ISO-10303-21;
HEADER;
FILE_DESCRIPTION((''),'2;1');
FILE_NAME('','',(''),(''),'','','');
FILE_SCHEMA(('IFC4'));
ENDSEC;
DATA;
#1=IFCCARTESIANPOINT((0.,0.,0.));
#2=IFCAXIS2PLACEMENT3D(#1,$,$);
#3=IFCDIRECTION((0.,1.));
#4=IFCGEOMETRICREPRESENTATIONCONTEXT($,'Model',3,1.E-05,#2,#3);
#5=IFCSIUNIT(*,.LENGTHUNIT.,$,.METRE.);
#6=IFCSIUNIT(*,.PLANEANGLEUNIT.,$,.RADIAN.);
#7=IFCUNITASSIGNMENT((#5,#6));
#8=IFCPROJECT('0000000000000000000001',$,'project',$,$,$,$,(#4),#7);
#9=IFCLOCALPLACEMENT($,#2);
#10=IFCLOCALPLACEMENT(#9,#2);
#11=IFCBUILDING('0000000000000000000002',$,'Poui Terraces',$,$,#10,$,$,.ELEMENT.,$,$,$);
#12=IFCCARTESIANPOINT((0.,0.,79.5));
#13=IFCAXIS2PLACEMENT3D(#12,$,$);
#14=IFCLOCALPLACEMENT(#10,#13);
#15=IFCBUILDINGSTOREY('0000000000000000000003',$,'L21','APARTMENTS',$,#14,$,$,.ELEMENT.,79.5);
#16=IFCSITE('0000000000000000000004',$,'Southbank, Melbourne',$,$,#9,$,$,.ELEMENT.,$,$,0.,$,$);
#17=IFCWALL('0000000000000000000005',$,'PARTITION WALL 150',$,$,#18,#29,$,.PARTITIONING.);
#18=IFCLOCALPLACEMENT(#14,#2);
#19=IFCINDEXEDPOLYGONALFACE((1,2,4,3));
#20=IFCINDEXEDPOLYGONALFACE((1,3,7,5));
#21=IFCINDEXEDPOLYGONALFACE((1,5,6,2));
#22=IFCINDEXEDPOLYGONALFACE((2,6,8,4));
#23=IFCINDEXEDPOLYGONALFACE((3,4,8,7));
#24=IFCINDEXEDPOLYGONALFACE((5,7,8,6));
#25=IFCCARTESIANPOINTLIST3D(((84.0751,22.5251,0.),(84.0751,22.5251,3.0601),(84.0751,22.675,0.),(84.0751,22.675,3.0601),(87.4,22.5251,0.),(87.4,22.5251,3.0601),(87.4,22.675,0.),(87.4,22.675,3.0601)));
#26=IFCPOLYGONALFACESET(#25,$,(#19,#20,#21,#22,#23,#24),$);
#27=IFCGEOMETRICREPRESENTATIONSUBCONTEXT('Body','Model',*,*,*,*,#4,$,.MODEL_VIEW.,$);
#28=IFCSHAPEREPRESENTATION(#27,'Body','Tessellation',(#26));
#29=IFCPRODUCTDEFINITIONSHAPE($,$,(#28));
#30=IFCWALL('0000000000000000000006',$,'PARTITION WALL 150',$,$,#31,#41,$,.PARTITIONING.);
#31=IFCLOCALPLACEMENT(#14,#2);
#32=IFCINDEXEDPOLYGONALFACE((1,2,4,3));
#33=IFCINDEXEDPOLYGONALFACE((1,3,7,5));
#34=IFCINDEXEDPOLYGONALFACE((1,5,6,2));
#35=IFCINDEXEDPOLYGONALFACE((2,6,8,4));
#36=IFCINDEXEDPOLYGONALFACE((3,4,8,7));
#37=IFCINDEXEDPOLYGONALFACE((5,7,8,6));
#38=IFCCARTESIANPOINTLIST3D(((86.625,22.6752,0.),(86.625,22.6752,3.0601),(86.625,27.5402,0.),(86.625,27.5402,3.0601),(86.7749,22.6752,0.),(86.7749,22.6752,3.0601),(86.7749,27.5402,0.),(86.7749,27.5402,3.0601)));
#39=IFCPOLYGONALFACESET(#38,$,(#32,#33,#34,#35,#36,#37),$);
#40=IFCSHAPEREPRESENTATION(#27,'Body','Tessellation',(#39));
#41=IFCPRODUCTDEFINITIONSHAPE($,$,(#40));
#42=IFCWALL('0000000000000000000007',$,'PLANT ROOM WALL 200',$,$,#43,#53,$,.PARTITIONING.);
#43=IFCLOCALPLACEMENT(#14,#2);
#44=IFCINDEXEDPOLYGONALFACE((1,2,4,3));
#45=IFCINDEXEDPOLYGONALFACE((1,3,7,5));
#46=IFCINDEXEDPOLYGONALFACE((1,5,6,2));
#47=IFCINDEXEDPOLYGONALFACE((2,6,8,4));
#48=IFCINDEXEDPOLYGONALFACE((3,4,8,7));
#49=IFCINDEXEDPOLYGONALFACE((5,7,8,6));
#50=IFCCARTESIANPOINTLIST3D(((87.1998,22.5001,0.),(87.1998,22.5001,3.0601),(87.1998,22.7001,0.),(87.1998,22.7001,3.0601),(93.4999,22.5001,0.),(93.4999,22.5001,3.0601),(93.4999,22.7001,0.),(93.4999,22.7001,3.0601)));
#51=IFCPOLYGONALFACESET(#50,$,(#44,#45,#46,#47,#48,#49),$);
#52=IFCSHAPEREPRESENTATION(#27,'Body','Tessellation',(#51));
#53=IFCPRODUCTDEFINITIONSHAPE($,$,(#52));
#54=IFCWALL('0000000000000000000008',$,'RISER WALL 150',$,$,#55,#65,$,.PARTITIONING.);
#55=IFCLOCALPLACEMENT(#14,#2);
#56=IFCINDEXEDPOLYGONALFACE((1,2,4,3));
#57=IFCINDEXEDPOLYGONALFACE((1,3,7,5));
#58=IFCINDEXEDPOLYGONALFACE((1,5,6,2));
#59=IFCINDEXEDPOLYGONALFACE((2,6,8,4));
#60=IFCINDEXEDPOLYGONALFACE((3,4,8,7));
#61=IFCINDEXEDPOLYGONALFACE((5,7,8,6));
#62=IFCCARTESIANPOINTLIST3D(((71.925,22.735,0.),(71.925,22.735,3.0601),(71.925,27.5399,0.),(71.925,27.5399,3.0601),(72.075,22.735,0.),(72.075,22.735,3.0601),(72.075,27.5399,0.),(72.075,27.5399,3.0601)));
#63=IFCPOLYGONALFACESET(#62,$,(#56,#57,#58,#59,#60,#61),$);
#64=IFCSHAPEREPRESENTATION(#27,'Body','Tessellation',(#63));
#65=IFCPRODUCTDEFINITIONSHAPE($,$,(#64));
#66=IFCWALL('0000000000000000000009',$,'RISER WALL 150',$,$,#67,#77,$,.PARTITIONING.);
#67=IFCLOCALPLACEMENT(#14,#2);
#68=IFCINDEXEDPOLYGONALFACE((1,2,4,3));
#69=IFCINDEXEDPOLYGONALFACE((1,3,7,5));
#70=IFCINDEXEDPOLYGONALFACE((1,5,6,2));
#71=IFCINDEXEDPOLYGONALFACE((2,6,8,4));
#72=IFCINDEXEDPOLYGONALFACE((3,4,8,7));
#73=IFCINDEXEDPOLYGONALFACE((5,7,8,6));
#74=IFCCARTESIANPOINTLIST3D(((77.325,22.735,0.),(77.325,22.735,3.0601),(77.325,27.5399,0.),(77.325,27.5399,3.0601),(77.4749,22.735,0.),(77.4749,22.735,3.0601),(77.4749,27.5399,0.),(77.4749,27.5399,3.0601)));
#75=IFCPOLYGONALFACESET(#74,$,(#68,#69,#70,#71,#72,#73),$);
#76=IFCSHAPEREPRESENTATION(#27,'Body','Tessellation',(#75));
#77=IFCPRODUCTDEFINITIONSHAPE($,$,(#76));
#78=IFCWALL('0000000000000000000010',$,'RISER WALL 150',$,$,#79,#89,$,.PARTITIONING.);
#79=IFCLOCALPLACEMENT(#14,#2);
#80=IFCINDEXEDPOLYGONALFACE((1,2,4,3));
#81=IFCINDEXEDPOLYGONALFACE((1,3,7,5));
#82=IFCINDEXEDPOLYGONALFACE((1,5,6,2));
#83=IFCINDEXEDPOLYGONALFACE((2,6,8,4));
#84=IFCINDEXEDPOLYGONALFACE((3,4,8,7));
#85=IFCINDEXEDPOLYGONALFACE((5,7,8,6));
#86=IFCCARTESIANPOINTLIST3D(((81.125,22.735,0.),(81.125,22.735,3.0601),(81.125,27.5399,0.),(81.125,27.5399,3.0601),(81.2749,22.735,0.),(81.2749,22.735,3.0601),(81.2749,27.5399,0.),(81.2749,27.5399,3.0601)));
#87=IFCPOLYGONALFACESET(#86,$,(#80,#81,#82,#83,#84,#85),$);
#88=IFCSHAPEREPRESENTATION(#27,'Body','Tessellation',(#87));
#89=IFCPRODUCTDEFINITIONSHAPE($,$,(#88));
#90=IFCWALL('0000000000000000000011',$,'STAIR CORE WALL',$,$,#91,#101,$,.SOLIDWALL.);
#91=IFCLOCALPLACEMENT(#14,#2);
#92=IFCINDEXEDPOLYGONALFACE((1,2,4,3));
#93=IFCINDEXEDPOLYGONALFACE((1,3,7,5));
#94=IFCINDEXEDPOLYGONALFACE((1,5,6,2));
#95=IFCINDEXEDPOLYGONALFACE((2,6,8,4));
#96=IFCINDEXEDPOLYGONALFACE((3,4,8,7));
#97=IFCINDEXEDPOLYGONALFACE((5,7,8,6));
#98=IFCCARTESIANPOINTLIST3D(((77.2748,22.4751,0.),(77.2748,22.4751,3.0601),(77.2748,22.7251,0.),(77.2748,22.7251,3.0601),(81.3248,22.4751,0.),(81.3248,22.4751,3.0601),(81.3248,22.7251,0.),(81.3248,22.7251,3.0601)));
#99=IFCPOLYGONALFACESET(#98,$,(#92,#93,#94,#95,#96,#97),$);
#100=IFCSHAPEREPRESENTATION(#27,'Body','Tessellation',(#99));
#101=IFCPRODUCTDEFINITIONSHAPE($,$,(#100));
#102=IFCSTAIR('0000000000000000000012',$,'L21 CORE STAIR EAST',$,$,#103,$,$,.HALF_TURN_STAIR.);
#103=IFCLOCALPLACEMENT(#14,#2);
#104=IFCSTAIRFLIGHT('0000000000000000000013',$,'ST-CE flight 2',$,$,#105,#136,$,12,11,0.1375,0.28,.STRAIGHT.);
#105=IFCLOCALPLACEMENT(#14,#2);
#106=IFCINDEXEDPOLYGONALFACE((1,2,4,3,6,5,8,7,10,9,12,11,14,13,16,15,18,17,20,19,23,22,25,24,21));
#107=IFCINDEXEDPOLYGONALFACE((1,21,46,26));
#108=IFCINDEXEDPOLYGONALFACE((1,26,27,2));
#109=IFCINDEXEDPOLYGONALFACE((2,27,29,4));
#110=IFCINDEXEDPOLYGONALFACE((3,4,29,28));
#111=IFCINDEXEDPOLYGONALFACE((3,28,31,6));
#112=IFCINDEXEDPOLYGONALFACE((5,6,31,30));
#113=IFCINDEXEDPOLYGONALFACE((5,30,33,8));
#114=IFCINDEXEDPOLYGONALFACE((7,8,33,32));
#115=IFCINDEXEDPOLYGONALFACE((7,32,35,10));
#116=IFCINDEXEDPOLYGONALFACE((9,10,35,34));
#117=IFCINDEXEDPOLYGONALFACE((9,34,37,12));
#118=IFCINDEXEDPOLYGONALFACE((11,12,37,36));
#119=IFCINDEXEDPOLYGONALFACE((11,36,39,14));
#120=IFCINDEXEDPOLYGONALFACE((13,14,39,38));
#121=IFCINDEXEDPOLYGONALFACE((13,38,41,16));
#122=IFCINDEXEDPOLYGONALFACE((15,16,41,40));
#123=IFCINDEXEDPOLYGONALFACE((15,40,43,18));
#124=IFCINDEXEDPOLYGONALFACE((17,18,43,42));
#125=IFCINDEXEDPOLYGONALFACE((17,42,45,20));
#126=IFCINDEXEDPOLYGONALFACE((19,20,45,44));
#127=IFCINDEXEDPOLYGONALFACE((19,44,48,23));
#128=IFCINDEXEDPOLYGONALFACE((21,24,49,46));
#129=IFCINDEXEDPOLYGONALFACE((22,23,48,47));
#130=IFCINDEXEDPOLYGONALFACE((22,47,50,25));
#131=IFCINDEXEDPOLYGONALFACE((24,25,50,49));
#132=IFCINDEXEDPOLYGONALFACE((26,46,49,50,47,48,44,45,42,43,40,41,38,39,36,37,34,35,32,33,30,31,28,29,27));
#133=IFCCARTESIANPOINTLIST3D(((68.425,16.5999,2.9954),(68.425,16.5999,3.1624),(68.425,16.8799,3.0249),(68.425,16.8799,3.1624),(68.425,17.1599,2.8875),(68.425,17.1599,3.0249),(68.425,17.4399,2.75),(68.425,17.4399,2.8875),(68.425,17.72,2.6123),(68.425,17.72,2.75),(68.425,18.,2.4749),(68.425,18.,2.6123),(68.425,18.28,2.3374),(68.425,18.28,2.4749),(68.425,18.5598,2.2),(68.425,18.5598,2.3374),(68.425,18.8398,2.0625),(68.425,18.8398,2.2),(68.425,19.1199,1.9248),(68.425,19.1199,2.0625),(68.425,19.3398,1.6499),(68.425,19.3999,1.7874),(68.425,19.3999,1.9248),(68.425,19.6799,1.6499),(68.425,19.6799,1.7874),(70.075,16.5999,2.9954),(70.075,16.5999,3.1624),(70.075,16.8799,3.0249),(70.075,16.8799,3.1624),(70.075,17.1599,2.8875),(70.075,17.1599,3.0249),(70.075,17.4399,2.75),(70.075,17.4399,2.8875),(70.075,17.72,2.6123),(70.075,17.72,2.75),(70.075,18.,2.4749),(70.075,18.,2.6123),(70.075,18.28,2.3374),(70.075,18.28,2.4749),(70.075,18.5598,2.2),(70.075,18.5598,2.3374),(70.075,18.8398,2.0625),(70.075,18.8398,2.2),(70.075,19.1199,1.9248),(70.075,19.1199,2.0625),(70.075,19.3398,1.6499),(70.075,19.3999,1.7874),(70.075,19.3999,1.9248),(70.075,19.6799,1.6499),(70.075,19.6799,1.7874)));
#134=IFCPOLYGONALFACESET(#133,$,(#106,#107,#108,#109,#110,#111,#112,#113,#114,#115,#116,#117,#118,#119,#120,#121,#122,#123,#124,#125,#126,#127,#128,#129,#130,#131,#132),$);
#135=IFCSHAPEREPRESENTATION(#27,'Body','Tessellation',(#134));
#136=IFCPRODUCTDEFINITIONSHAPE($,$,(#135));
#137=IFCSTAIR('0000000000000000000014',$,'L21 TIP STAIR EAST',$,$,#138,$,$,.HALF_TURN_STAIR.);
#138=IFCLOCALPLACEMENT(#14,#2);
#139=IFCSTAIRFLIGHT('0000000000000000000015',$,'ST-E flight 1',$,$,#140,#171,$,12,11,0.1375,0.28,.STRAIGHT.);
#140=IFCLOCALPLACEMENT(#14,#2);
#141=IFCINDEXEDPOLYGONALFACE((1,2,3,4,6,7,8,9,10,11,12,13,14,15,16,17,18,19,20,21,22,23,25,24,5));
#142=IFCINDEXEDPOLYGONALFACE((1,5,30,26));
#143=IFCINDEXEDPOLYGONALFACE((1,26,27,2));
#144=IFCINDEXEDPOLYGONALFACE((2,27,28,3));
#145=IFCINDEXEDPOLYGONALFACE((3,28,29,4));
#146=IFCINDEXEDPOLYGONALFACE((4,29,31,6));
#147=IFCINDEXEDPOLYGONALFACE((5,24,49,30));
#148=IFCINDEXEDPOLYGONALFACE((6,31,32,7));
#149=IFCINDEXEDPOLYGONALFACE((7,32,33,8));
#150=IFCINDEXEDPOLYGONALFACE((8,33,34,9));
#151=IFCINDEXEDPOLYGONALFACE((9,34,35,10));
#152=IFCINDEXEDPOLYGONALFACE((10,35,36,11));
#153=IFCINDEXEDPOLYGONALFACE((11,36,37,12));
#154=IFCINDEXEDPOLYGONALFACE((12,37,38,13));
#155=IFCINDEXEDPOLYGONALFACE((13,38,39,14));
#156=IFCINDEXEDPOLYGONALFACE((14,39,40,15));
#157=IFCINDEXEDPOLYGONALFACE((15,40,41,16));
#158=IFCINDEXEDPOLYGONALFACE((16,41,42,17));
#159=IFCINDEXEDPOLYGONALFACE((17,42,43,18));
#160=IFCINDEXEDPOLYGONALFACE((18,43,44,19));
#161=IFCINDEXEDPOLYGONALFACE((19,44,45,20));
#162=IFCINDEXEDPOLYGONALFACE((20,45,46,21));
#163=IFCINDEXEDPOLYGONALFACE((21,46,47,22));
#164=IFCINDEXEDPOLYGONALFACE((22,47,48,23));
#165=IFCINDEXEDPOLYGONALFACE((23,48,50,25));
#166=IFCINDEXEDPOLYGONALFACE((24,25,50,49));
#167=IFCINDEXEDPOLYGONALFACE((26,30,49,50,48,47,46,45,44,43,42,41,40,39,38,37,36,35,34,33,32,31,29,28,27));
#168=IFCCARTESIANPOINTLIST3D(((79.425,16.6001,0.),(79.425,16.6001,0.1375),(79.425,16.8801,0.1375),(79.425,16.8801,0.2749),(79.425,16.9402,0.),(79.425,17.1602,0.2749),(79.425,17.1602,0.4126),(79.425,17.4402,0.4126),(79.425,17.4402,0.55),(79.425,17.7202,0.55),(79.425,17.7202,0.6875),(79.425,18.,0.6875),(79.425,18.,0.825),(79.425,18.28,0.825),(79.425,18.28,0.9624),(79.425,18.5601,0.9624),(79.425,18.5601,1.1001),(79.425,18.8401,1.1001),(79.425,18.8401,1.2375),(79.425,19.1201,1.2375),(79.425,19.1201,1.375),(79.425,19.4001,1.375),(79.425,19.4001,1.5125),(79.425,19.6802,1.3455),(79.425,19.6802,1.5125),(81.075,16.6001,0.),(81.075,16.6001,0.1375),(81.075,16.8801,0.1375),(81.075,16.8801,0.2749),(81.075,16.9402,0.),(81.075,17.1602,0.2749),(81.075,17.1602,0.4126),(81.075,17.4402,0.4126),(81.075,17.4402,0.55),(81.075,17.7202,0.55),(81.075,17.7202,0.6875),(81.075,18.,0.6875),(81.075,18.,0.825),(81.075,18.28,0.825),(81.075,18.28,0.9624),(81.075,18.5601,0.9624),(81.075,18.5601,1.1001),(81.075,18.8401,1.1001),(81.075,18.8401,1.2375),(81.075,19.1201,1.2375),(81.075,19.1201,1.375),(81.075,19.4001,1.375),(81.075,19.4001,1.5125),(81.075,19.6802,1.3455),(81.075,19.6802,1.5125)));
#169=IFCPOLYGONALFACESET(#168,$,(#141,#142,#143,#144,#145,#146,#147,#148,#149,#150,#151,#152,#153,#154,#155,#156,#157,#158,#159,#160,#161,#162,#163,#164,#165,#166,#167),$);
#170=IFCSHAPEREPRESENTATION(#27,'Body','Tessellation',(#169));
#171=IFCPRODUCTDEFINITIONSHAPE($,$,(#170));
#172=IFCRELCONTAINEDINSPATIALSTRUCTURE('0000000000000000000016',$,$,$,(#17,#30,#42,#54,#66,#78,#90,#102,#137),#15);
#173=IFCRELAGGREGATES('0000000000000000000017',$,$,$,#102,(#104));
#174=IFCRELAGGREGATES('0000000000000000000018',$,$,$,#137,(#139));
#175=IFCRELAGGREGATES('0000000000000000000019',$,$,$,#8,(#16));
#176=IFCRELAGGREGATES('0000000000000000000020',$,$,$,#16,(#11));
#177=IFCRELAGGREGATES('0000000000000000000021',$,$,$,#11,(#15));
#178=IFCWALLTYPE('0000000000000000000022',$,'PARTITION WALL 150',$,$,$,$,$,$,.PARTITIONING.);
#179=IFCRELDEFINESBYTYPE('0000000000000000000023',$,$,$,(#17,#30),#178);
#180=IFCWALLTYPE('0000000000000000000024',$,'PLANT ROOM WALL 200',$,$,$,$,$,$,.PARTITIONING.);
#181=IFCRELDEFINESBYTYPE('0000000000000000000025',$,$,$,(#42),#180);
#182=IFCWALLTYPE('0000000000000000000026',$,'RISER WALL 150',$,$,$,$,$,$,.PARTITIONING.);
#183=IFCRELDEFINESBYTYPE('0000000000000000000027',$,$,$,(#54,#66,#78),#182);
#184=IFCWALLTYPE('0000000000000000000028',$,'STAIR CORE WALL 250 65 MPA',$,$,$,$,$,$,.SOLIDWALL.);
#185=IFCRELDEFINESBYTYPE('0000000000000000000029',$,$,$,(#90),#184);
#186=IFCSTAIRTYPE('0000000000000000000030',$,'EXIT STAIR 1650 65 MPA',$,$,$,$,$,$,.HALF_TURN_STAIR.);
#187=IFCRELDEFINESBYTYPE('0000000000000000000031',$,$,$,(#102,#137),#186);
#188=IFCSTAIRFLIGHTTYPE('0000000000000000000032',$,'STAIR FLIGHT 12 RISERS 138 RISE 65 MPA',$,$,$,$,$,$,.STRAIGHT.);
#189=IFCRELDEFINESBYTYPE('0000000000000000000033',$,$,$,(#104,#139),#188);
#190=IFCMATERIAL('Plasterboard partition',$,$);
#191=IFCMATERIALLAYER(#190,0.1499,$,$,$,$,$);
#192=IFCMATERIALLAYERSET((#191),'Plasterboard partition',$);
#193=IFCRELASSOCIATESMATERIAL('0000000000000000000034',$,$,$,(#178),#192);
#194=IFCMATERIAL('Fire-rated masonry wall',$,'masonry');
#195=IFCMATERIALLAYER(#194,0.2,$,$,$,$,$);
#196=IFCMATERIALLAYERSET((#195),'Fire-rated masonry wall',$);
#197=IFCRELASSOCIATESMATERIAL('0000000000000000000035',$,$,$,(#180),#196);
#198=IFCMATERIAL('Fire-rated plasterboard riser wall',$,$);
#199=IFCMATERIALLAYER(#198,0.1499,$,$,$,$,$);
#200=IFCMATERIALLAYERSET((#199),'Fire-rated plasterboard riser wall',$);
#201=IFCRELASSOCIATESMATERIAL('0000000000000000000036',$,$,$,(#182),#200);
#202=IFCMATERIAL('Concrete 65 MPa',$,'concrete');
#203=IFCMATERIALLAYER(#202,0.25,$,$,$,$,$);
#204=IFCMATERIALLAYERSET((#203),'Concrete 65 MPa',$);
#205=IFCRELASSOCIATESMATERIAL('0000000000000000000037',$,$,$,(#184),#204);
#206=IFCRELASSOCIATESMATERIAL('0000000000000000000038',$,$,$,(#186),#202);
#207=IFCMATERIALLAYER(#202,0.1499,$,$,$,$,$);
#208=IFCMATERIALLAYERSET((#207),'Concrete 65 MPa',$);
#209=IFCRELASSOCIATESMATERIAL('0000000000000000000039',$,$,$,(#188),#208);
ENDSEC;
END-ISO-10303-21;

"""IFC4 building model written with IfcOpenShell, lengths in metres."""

from ifc_helpers import new_model, si_unit, direction, frame, frame_2d, origin, place, context, subcontext, project, spatial, polyline, rectangle, outline, extrude, material, layer, layer_set, type_object, element, aggregate, save


model = new_model("IFC4")

# Units and contexts
model_context = context("Model", 3, precision=1e-05, world=origin(), true_north=direction((0.0, 1.0)))
body_context = subcontext(model_context, "Body", "Model", "MODEL_VIEW")
ifc_project = project(units=[si_unit("LENGTHUNIT", "METRE"), si_unit("PLANEANGLEUNIT", "RADIAN")], contexts=[model_context])

# Site, building, storey
site_placement = place(None, origin())
site = spatial("IfcSite", under=ifc_project, at=site_placement, Name="Southbank, Melbourne", CompositionType="ELEMENT", RefElevation=0.0)
building_placement = place(site_placement, origin())
building = spatial("IfcBuilding", under=site, at=building_placement, Name="Poui Terraces", CompositionType="ELEMENT")
storey_placement = place(building_placement, frame((0.0, 0.0, 79.5)))
storey = spatial("IfcBuildingStorey", under=building, at=storey_placement, Name="L21", Description="APARTMENTS", CompositionType="ELEMENT", Elevation=79.5)

# Shared definitions
ifc_material_1 = material(Name="Concrete 65 MPa", Category="concrete")

# Walls
ifc_material_2 = material(Name="Plasterboard partition")
ifc_layer_1 = layer(ifc_material_2, 0.1499)
ifc_layer_set_1 = layer_set([ifc_layer_1], Name="Plasterboard partition")
wall_type_1 = type_object("IfcWallType", Name="PARTITION WALL 150", PredefinedType="PARTITIONING", material=ifc_layer_set_1)
wall_1_placement = place(storey_placement, frame((84.075, 22.6001, 0.0), z_axis=(0.0, 0.0, 1.0), x_axis=(1.0, 0.0, 0.0)))
element("IfcWall", 1, at=wall_1_placement, inside=storey, type_object=wall_type_1, Name="PARTITION WALL 150", PredefinedType="PARTITIONING", context=body_context, shape_type="SweptSolid", body=[
    extrude(rectangle(XDim=3.325, YDim=0.1499, at=frame_2d((1.6626, 0.0))), origin(), (0.0, 0.0, 1.0), 3.0601),
])
wall_2_placement = place(storey_placement, frame((86.7, 22.675, 0.0), z_axis=(0.0, 0.0, 1.0), x_axis=(0.0, 1.0, 0.0)))
element("IfcWall", 2, at=wall_2_placement, inside=storey, type_object=wall_type_1, Name="PARTITION WALL 150", PredefinedType="PARTITIONING", context=body_context, shape_type="SweptSolid", body=[
    extrude(rectangle(XDim=4.865, YDim=0.1499, at=frame_2d((2.4326, 0.0))), origin(), (0.0, 0.0, 1.0), 3.0601),
])
ifc_material_3 = material(Name="Fire-rated masonry wall", Category="masonry")
ifc_layer_2 = layer(ifc_material_3, 0.2)
ifc_layer_set_2 = layer_set([ifc_layer_2], Name="Fire-rated masonry wall")
wall_type_2 = type_object("IfcWallType", Name="PLANT ROOM WALL 200", PredefinedType="PARTITIONING", material=ifc_layer_set_2)
wall_3_placement = place(storey_placement, frame((87.2, 22.6001, 0.0), z_axis=(0.0, 0.0, 1.0), x_axis=(1.0, 0.0, 0.0)))
element("IfcWall", 3, at=wall_3_placement, inside=storey, type_object=wall_type_2, Name="PLANT ROOM WALL 200", PredefinedType="PARTITIONING", context=body_context, shape_type="SweptSolid", body=[
    extrude(rectangle(XDim=6.3, YDim=0.2, at=frame_2d((3.1499, 0.0))), origin(), (0.0, 0.0, 1.0), 3.0601),
])
ifc_material_4 = material(Name="Fire-rated plasterboard riser wall")
ifc_layer_3 = layer(ifc_material_4, 0.1499)
ifc_layer_set_3 = layer_set([ifc_layer_3], Name="Fire-rated plasterboard riser wall")
wall_type_3 = type_object("IfcWallType", Name="RISER WALL 150", PredefinedType="PARTITIONING", material=ifc_layer_set_3)
for number, where, z_axis, x_axis, name in (
    (4, (72.0, 22.7351, 0.0), (0.0, 0.0, 1.0), (0.0, 1.0, 0.0), "RISER WALL 150"),
    (5, (77.3999, 22.7351, 0.0), (0.0, 0.0, 1.0), (0.0, 1.0, 0.0), "RISER WALL 150"),
    (6, (81.2, 22.7351, 0.0), (0.0, 0.0, 1.0), (0.0, 1.0, 0.0), "RISER WALL 150"),
):
    element("IfcWall", number, at=place(storey_placement, frame(where, z_axis=z_axis, x_axis=x_axis)), inside=storey, type_object=wall_type_3, Name=name, PredefinedType="PARTITIONING", context=body_context, shape_type="SweptSolid", body=[
        extrude(rectangle(XDim=4.8049, YDim=0.1499, at=frame_2d((2.4023, 0.0))), origin(), (0.0, 0.0, 1.0), 3.0601),
    ])
ifc_layer_4 = layer(ifc_material_1, 0.25)
ifc_layer_set_4 = layer_set([ifc_layer_4], Name="Concrete 65 MPa")
wall_type_4 = type_object("IfcWallType", Name="STAIR CORE WALL 250 65 MPA", PredefinedType="SOLIDWALL", material=ifc_layer_set_4)
wall_4_placement = place(storey_placement, frame((77.2749, 22.6001, 0.0), z_axis=(0.0, 0.0, 1.0), x_axis=(1.0, 0.0, 0.0)))
element("IfcWall", 7, at=wall_4_placement, inside=storey, type_object=wall_type_4, Name="STAIR CORE WALL", PredefinedType="SOLIDWALL", context=body_context, shape_type="SweptSolid", body=[
    extrude(rectangle(XDim=4.05, YDim=0.25, at=frame_2d((2.0249, 0.0))), origin(), (0.0, 0.0, 1.0), 3.0601),
])

# Stair, stair flight
stair_type = type_object("IfcStairType", Name="EXIT STAIR 1650 65 MPA", PredefinedType="HALF_TURN_STAIR", material=ifc_material_1)
stair_1_placement = place(storey_placement, origin())
stair_1 = element("IfcStair", 8, at=stair_1_placement, inside=storey, type_object=stair_type, Name="L21 CORE STAIR EAST", PredefinedType="HALF_TURN_STAIR")
ifc_layer_5 = layer(ifc_material_1, 0.1499)
ifc_layer_set_5 = layer_set([ifc_layer_5], Name="Concrete 65 MPa")
stair_flight_type = type_object("IfcStairFlightType", Name="STAIR FLIGHT 12 RISERS 138 RISE 65 MPA", PredefinedType="STRAIGHT", material=ifc_layer_set_5)
stair_flight_1_placement = place(storey_placement, frame((69.25, 19.6799, 1.6499), z_axis=(0.0, 0.0, 1.0), x_axis=(0.0, -1.0, 0.0)))
stair_flight_1 = element("IfcStairFlight", 9, at=stair_flight_1_placement, type_object=stair_flight_type, Name="ST-CE flight 2", NumberOfRisers=12, NumberOfTreads=11, PredefinedType="STRAIGHT", RiserHeight=0.1375, TreadLength=0.28, context=body_context, shape_type="SweptSolid", body=[
    extrude(outline(polyline([(0.0, 0.0), (0.0, 0.1375), (0.28, 0.1375), (0.28, 0.2749), (0.5601, 0.2749), (0.5601, 0.4126), (0.8401, 0.4126), (0.8401, 0.55), (1.1201, 0.55), (1.1201, 0.6875), (1.3999, 0.6875), (1.3999, 0.825), (1.6799, 0.825), (1.6799, 0.9624), (1.96, 0.9624), (1.96, 1.1001), (2.24, 1.1001), (2.24, 1.2375), (2.52, 1.2375), (2.52, 1.375), (2.8, 1.375), (2.8, 1.5125), (3.0801, 1.5125), (3.0801, 1.6499), (3.0801, 1.3455), (0.3401, 0.0), (0.0, 0.0)])), frame((0.0, 0.825, 0.0), z_axis=(0.0, -1.0, 0.0), x_axis=(1.0, 0.0, 0.0)), (0.0, 0.0, 1.0), 1.6499),
])
aggregate(stair_1, [stair_flight_1])

# Stair, stair flight
stair_2_placement = place(storey_placement, origin())
stair_2 = element("IfcStair", 10, at=stair_2_placement, inside=storey, type_object=stair_type, Name="L21 TIP STAIR EAST", PredefinedType="HALF_TURN_STAIR")
stair_flight_2_placement = place(storey_placement, frame((80.25, 16.6001, 0.0), z_axis=(0.0, 0.0, 1.0), x_axis=(0.0, 1.0, 0.0)))
stair_flight_2 = element("IfcStairFlight", 11, at=stair_flight_2_placement, type_object=stair_flight_type, Name="ST-E flight 1", NumberOfRisers=12, NumberOfTreads=11, PredefinedType="STRAIGHT", RiserHeight=0.1375, TreadLength=0.28, context=body_context, shape_type="SweptSolid", body=[
    extrude(outline(polyline([(0.0, 0.0), (0.0, 0.1375), (0.28, 0.1375), (0.28, 0.2749), (0.5601, 0.2749), (0.5601, 0.4126), (0.8401, 0.4126), (0.8401, 0.55), (1.1201, 0.55), (1.1201, 0.6875), (1.3999, 0.6875), (1.3999, 0.825), (1.6799, 0.825), (1.6799, 0.9624), (1.96, 0.9624), (1.96, 1.1001), (2.24, 1.1001), (2.24, 1.2375), (2.52, 1.2375), (2.52, 1.375), (2.8, 1.375), (2.8, 1.5125), (3.0801, 1.5125), (3.0801, 1.6499), (3.0801, 1.3455), (0.3401, 0.0), (0.0, 0.0)])), frame((0.0, 0.825, 0.0), z_axis=(0.0, -1.0, 0.0), x_axis=(1.0, 0.0, 0.0)), (0.0, 0.0, 1.0), 1.6499),
])
aggregate(stair_2, [stair_flight_2])

save(model, "model.ifc")
